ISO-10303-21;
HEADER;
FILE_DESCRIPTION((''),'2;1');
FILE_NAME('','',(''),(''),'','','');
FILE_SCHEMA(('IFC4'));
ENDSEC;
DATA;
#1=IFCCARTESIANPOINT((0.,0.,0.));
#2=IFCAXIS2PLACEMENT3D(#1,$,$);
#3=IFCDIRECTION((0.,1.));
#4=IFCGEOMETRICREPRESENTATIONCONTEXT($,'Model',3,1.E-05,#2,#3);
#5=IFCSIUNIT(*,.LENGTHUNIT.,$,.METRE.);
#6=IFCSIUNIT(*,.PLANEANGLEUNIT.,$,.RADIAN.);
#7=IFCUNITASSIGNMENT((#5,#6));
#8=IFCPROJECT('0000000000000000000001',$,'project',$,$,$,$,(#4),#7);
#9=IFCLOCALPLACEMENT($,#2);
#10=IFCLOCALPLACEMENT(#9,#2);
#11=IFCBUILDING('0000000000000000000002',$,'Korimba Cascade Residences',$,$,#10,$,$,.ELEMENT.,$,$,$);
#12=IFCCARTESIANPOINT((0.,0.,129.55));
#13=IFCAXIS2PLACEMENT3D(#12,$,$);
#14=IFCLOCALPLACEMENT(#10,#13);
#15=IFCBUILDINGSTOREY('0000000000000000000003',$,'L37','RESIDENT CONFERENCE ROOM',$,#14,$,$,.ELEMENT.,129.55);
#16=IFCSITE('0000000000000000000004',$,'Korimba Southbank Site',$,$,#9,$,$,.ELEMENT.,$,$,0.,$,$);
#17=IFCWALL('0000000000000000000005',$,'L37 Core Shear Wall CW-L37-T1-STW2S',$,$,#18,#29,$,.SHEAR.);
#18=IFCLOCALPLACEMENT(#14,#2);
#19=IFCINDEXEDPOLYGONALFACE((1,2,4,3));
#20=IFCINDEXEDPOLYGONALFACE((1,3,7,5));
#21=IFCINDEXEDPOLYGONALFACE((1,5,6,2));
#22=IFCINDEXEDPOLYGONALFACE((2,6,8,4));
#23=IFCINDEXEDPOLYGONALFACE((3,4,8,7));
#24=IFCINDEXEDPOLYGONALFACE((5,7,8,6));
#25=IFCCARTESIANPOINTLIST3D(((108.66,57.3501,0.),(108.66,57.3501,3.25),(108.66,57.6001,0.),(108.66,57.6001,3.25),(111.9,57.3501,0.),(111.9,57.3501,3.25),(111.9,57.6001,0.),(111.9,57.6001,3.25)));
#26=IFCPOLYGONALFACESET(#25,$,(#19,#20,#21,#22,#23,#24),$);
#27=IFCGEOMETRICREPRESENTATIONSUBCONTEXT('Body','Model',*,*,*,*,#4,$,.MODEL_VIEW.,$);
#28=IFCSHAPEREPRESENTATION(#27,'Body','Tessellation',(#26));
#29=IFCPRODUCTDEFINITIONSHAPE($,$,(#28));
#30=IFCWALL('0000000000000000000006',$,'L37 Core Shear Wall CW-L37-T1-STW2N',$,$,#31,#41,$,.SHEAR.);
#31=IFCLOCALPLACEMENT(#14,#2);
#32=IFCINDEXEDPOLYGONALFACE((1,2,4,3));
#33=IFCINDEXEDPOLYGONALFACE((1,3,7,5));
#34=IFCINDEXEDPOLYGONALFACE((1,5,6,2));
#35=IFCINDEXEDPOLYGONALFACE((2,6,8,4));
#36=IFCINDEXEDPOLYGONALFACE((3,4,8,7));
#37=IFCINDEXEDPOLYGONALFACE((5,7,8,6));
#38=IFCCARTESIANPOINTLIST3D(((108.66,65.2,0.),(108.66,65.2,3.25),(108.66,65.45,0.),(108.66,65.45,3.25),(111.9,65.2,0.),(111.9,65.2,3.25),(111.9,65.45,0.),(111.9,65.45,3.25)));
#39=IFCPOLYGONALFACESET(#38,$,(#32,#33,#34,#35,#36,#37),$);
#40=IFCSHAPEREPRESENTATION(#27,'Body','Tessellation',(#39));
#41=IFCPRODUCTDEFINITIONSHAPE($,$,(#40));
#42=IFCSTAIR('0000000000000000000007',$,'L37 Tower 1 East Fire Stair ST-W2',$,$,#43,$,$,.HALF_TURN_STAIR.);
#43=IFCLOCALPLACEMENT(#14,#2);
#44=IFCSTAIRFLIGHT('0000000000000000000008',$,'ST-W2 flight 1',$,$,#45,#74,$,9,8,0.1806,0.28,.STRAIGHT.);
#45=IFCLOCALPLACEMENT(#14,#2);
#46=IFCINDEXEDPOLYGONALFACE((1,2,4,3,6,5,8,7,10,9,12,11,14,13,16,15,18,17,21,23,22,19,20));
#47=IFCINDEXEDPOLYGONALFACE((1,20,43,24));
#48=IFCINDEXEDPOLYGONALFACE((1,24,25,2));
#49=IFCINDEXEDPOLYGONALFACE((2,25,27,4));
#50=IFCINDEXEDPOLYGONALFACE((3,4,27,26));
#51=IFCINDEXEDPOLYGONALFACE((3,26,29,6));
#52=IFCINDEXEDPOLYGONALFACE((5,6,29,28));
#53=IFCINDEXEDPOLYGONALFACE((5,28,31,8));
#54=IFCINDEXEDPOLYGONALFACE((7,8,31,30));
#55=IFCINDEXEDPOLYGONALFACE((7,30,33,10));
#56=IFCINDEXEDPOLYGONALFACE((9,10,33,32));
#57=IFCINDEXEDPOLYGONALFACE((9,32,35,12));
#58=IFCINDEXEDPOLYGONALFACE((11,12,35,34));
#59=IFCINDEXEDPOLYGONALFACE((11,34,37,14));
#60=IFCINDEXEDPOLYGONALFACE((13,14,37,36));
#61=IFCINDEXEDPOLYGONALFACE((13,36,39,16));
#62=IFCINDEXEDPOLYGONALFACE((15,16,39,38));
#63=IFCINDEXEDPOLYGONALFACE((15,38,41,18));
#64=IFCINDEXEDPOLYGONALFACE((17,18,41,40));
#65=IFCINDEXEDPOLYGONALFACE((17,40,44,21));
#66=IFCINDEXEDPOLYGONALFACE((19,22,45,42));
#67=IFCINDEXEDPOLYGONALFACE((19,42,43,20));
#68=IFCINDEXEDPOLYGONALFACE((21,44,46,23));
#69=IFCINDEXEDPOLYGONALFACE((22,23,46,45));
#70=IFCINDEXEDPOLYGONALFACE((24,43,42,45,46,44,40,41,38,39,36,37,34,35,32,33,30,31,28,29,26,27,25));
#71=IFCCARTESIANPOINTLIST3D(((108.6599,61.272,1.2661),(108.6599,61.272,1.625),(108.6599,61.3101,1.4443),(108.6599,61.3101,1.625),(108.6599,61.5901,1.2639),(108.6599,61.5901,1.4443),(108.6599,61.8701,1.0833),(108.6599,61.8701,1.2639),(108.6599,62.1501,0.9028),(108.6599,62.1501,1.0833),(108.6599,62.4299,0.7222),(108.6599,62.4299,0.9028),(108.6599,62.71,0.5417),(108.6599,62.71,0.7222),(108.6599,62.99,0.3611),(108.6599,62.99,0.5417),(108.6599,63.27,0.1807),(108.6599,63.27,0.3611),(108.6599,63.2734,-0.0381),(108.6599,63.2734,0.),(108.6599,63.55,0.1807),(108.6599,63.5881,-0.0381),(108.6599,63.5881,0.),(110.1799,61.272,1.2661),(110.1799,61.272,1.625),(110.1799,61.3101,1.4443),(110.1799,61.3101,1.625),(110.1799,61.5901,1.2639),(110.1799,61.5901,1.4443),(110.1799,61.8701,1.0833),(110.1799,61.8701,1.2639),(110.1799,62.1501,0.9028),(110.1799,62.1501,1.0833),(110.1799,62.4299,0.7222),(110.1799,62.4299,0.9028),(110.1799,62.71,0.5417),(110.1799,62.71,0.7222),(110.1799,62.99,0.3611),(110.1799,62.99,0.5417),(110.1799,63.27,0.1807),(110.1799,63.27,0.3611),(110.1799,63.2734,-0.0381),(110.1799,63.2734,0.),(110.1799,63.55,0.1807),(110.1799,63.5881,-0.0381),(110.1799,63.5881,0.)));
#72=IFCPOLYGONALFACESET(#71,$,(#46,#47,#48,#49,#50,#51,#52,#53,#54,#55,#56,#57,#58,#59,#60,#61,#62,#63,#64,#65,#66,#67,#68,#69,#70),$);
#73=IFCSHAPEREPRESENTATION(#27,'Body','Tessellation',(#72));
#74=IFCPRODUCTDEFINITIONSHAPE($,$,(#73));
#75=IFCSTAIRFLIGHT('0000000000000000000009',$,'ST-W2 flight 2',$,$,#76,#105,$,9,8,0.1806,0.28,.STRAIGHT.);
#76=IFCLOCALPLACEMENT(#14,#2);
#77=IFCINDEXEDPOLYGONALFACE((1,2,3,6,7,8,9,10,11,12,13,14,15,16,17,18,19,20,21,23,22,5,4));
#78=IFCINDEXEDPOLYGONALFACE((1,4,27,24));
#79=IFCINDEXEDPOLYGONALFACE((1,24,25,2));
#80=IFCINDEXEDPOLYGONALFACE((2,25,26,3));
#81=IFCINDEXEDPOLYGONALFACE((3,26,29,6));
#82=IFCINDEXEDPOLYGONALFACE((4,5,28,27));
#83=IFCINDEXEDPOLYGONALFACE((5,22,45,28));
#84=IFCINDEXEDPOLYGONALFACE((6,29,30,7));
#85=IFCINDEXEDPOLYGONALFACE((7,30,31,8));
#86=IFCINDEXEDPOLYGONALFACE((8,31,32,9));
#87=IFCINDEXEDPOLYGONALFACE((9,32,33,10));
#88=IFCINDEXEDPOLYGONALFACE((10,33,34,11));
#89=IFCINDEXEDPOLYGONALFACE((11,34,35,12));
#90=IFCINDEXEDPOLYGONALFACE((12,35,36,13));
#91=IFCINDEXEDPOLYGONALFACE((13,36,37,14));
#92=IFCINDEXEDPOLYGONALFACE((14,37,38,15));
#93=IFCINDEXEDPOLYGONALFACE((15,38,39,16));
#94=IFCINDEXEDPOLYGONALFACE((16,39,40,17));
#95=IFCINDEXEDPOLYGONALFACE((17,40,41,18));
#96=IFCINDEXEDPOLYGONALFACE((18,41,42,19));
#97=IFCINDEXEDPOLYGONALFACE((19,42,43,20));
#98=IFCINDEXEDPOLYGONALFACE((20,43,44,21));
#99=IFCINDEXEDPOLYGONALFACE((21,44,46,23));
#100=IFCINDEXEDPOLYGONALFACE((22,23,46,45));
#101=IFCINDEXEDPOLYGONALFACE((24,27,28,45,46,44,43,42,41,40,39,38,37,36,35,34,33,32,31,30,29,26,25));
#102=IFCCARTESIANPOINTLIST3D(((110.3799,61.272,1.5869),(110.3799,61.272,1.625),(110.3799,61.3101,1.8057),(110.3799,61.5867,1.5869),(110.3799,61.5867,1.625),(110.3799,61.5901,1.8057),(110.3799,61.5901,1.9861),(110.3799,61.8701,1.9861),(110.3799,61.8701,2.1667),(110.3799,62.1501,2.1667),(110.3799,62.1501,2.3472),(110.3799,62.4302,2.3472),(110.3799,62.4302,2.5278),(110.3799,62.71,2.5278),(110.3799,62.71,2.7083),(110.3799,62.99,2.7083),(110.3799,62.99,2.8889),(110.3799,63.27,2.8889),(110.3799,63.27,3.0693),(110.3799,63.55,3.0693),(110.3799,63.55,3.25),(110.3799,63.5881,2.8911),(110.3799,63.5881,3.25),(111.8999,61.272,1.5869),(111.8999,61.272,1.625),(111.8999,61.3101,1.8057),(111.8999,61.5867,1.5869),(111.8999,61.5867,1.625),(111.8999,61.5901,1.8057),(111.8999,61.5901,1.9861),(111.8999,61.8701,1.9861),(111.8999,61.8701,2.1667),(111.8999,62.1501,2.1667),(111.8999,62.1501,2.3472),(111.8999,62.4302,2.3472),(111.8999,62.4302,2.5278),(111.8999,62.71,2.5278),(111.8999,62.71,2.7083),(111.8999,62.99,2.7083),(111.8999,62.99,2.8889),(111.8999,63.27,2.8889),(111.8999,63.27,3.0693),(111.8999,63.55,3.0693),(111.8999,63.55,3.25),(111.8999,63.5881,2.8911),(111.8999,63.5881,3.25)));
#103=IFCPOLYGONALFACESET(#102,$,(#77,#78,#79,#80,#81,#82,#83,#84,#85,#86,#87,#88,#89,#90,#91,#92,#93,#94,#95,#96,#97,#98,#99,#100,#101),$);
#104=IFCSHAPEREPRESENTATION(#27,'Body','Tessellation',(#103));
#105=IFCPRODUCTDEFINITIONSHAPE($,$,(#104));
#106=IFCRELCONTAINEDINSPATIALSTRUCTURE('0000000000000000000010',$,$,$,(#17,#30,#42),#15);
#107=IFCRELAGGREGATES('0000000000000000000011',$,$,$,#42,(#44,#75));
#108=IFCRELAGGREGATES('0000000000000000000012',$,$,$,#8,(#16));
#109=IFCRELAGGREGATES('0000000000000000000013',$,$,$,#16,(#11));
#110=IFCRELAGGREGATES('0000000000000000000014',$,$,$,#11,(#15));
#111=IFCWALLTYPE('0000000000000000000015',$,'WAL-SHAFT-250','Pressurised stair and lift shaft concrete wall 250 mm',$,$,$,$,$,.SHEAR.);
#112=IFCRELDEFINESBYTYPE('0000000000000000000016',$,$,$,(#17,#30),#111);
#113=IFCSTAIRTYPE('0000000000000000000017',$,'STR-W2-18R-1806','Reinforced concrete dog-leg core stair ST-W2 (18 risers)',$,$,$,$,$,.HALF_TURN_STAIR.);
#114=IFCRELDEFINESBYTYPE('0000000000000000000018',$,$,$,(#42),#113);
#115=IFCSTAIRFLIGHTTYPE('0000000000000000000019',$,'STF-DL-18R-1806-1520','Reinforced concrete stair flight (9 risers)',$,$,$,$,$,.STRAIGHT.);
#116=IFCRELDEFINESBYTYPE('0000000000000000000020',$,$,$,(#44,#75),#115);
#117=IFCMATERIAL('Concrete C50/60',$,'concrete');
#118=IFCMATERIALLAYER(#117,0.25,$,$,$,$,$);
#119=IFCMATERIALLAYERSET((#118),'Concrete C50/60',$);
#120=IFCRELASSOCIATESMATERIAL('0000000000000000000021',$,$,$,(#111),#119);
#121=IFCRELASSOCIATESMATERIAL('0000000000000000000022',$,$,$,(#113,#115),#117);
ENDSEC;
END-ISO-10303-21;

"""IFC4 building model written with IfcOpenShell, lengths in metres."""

from ifc_helpers import new_model, si_unit, direction, frame, frame_2d, origin, place, context, subcontext, project, spatial, polyline, rectangle, outline, extrude, material, layer, layer_set, type_object, element, aggregate, save


model = new_model("IFC4")

# Units and contexts
model_context = context("Model", 3, precision=1e-05, world=origin(), true_north=direction((0.0, 1.0)))
body_context = subcontext(model_context, "Body", "Model", "MODEL_VIEW")
ifc_project = project(units=[si_unit("LENGTHUNIT", "METRE"), si_unit("PLANEANGLEUNIT", "RADIAN")], contexts=[model_context])

# Site, building, storey
site_placement = place(None, origin())
site = spatial("IfcSite", under=ifc_project, at=site_placement, Name="Korimba Southbank Site", CompositionType="ELEMENT", RefElevation=0.0)
building_placement = place(site_placement, origin())
building = spatial("IfcBuilding", under=site, at=building_placement, Name="Korimba Cascade Residences", CompositionType="ELEMENT")
storey_placement = place(building_placement, frame((0.0, 0.0, 129.55)))
storey = spatial("IfcBuildingStorey", under=building, at=storey_placement, Name="L37", Description="RESIDENT CONFERENCE ROOM", CompositionType="ELEMENT", Elevation=129.55)

# Shared definitions
ifc_material_1 = material(Name="Concrete C50/60", Category="concrete")
ifc_layer_1 = layer(ifc_material_1, 0.25)
ifc_layer_set_1 = layer_set([ifc_layer_1], Name="Concrete C50/60")
wall_type_1 = type_object("IfcWallType", Name="WAL-SHAFT-250", Description="Pressurised stair and lift shaft concrete wall 250 mm", PredefinedType="SHEAR", material=ifc_layer_set_1)

# Walls
for number, where, z_axis, x_axis, name in (
    (1, (108.6599, 57.4751, 0.0), (0.0, 0.0, 1.0), (1.0, 0.0, 0.0), "L37 Core Shear Wall CW-L37-T1-STW2S"),
    (2, (108.6599, 65.325, 0.0), (0.0, 0.0, 1.0), (1.0, 0.0, 0.0), "L37 Core Shear Wall CW-L37-T1-STW2N"),
):
    element("IfcWall", number, at=place(storey_placement, frame(where, z_axis=z_axis, x_axis=x_axis)), inside=storey, type_object=wall_type_1, Name=name, PredefinedType="SHEAR", context=body_context, shape_type="SweptSolid", body=[
        extrude(rectangle(XDim=3.24, YDim=0.25, at=frame_2d((1.6201, 0.0))), origin(), (0.0, 0.0, 1.0), 3.25),
    ])

# Stair, stair flights
stair_type = type_object("IfcStairType", Name="STR-W2-18R-1806", Description="Reinforced concrete dog-leg core stair ST-W2 (18 risers)", PredefinedType="HALF_TURN_STAIR", material=ifc_material_1)
stair_placement = place(storey_placement, origin())
stair = element("IfcStair", 3, at=stair_placement, inside=storey, type_object=stair_type, Name="L37 Tower 1 East Fire Stair ST-W2", PredefinedType="HALF_TURN_STAIR")
stair_flight_type = type_object("IfcStairFlightType", Name="STF-DL-18R-1806-1520", Description="Reinforced concrete stair flight (9 risers)", PredefinedType="STRAIGHT", material=ifc_material_1)
stair_flight_1_placement = place(storey_placement, frame((109.4199, 63.55, 0.0), z_axis=(0.0, 0.0, 1.0), x_axis=(0.0, -1.0, 0.0)))
stair_flight_1 = element("IfcStairFlight", 4, at=stair_flight_1_placement, type_object=stair_flight_type, Name="ST-W2 flight 1", NumberOfRisers=9, NumberOfTreads=8, PredefinedType="STRAIGHT", RiserHeight=0.1806, TreadLength=0.28, context=body_context, shape_type="SweptSolid", body=[
    extrude(outline(polyline([(-0.0381, 0.0), (0.0, 0.1807), (0.28, 0.1807), (0.28, 0.3611), (0.5601, 0.3611), (0.5601, 0.5417), (0.8401, 0.5417), (0.8401, 0.7222), (1.1201, 0.7222), (1.1201, 0.9028), (1.3999, 0.9028), (1.3999, 1.0833), (1.6799, 1.0833), (1.6799, 1.2639), (1.96, 1.2639), (1.96, 1.4443), (2.24, 1.4443), (2.24, 1.625), (2.2781, 1.625), (2.2781, 1.2661), (0.2766, 0.0), (0.2766, -0.0381), (-0.0381, -0.0381), (-0.0381, 0.0)])), frame((0.0, 0.76, 0.0), z_axis=(0.0, -1.0, 0.0), x_axis=(1.0, 0.0, 0.0)), (0.0, 0.0, 1.0), 1.52),
])
stair_flight_2_placement = place(storey_placement, frame((111.1399, 61.3101, 1.625), z_axis=(0.0, 0.0, 1.0), x_axis=(0.0, 1.0, 0.0)))
stair_flight_2 = element("IfcStairFlight", 5, at=stair_flight_2_placement, type_object=stair_flight_type, Name="ST-W2 flight 2", NumberOfRisers=9, NumberOfTreads=8, PredefinedType="STRAIGHT", RiserHeight=0.1806, TreadLength=0.28, context=body_context, shape_type="SweptSolid", body=[
    extrude(outline(polyline([(-0.0381, 0.0), (0.0, 0.1807), (0.28, 0.1807), (0.28, 0.3611), (0.5601, 0.3611), (0.5601, 0.5417), (0.8401, 0.5417), (0.8401, 0.7222), (1.1201, 0.7222), (1.1201, 0.9028), (1.3999, 0.9028), (1.3999, 1.0833), (1.6799, 1.0833), (1.6799, 1.2639), (1.96, 1.2639), (1.96, 1.4443), (2.24, 1.4443), (2.24, 1.625), (2.2781, 1.625), (2.2781, 1.2661), (0.2766, 0.0), (0.2766, -0.0381), (-0.0381, -0.0381), (-0.0381, 0.0)])), frame((0.0, 0.76, 0.0), z_axis=(0.0, -1.0, 0.0), x_axis=(1.0, 0.0, 0.0)), (0.0, 0.0, 1.0), 1.52),
])
aggregate(stair, [stair_flight_1, stair_flight_2])

save(model, "model.ifc")
